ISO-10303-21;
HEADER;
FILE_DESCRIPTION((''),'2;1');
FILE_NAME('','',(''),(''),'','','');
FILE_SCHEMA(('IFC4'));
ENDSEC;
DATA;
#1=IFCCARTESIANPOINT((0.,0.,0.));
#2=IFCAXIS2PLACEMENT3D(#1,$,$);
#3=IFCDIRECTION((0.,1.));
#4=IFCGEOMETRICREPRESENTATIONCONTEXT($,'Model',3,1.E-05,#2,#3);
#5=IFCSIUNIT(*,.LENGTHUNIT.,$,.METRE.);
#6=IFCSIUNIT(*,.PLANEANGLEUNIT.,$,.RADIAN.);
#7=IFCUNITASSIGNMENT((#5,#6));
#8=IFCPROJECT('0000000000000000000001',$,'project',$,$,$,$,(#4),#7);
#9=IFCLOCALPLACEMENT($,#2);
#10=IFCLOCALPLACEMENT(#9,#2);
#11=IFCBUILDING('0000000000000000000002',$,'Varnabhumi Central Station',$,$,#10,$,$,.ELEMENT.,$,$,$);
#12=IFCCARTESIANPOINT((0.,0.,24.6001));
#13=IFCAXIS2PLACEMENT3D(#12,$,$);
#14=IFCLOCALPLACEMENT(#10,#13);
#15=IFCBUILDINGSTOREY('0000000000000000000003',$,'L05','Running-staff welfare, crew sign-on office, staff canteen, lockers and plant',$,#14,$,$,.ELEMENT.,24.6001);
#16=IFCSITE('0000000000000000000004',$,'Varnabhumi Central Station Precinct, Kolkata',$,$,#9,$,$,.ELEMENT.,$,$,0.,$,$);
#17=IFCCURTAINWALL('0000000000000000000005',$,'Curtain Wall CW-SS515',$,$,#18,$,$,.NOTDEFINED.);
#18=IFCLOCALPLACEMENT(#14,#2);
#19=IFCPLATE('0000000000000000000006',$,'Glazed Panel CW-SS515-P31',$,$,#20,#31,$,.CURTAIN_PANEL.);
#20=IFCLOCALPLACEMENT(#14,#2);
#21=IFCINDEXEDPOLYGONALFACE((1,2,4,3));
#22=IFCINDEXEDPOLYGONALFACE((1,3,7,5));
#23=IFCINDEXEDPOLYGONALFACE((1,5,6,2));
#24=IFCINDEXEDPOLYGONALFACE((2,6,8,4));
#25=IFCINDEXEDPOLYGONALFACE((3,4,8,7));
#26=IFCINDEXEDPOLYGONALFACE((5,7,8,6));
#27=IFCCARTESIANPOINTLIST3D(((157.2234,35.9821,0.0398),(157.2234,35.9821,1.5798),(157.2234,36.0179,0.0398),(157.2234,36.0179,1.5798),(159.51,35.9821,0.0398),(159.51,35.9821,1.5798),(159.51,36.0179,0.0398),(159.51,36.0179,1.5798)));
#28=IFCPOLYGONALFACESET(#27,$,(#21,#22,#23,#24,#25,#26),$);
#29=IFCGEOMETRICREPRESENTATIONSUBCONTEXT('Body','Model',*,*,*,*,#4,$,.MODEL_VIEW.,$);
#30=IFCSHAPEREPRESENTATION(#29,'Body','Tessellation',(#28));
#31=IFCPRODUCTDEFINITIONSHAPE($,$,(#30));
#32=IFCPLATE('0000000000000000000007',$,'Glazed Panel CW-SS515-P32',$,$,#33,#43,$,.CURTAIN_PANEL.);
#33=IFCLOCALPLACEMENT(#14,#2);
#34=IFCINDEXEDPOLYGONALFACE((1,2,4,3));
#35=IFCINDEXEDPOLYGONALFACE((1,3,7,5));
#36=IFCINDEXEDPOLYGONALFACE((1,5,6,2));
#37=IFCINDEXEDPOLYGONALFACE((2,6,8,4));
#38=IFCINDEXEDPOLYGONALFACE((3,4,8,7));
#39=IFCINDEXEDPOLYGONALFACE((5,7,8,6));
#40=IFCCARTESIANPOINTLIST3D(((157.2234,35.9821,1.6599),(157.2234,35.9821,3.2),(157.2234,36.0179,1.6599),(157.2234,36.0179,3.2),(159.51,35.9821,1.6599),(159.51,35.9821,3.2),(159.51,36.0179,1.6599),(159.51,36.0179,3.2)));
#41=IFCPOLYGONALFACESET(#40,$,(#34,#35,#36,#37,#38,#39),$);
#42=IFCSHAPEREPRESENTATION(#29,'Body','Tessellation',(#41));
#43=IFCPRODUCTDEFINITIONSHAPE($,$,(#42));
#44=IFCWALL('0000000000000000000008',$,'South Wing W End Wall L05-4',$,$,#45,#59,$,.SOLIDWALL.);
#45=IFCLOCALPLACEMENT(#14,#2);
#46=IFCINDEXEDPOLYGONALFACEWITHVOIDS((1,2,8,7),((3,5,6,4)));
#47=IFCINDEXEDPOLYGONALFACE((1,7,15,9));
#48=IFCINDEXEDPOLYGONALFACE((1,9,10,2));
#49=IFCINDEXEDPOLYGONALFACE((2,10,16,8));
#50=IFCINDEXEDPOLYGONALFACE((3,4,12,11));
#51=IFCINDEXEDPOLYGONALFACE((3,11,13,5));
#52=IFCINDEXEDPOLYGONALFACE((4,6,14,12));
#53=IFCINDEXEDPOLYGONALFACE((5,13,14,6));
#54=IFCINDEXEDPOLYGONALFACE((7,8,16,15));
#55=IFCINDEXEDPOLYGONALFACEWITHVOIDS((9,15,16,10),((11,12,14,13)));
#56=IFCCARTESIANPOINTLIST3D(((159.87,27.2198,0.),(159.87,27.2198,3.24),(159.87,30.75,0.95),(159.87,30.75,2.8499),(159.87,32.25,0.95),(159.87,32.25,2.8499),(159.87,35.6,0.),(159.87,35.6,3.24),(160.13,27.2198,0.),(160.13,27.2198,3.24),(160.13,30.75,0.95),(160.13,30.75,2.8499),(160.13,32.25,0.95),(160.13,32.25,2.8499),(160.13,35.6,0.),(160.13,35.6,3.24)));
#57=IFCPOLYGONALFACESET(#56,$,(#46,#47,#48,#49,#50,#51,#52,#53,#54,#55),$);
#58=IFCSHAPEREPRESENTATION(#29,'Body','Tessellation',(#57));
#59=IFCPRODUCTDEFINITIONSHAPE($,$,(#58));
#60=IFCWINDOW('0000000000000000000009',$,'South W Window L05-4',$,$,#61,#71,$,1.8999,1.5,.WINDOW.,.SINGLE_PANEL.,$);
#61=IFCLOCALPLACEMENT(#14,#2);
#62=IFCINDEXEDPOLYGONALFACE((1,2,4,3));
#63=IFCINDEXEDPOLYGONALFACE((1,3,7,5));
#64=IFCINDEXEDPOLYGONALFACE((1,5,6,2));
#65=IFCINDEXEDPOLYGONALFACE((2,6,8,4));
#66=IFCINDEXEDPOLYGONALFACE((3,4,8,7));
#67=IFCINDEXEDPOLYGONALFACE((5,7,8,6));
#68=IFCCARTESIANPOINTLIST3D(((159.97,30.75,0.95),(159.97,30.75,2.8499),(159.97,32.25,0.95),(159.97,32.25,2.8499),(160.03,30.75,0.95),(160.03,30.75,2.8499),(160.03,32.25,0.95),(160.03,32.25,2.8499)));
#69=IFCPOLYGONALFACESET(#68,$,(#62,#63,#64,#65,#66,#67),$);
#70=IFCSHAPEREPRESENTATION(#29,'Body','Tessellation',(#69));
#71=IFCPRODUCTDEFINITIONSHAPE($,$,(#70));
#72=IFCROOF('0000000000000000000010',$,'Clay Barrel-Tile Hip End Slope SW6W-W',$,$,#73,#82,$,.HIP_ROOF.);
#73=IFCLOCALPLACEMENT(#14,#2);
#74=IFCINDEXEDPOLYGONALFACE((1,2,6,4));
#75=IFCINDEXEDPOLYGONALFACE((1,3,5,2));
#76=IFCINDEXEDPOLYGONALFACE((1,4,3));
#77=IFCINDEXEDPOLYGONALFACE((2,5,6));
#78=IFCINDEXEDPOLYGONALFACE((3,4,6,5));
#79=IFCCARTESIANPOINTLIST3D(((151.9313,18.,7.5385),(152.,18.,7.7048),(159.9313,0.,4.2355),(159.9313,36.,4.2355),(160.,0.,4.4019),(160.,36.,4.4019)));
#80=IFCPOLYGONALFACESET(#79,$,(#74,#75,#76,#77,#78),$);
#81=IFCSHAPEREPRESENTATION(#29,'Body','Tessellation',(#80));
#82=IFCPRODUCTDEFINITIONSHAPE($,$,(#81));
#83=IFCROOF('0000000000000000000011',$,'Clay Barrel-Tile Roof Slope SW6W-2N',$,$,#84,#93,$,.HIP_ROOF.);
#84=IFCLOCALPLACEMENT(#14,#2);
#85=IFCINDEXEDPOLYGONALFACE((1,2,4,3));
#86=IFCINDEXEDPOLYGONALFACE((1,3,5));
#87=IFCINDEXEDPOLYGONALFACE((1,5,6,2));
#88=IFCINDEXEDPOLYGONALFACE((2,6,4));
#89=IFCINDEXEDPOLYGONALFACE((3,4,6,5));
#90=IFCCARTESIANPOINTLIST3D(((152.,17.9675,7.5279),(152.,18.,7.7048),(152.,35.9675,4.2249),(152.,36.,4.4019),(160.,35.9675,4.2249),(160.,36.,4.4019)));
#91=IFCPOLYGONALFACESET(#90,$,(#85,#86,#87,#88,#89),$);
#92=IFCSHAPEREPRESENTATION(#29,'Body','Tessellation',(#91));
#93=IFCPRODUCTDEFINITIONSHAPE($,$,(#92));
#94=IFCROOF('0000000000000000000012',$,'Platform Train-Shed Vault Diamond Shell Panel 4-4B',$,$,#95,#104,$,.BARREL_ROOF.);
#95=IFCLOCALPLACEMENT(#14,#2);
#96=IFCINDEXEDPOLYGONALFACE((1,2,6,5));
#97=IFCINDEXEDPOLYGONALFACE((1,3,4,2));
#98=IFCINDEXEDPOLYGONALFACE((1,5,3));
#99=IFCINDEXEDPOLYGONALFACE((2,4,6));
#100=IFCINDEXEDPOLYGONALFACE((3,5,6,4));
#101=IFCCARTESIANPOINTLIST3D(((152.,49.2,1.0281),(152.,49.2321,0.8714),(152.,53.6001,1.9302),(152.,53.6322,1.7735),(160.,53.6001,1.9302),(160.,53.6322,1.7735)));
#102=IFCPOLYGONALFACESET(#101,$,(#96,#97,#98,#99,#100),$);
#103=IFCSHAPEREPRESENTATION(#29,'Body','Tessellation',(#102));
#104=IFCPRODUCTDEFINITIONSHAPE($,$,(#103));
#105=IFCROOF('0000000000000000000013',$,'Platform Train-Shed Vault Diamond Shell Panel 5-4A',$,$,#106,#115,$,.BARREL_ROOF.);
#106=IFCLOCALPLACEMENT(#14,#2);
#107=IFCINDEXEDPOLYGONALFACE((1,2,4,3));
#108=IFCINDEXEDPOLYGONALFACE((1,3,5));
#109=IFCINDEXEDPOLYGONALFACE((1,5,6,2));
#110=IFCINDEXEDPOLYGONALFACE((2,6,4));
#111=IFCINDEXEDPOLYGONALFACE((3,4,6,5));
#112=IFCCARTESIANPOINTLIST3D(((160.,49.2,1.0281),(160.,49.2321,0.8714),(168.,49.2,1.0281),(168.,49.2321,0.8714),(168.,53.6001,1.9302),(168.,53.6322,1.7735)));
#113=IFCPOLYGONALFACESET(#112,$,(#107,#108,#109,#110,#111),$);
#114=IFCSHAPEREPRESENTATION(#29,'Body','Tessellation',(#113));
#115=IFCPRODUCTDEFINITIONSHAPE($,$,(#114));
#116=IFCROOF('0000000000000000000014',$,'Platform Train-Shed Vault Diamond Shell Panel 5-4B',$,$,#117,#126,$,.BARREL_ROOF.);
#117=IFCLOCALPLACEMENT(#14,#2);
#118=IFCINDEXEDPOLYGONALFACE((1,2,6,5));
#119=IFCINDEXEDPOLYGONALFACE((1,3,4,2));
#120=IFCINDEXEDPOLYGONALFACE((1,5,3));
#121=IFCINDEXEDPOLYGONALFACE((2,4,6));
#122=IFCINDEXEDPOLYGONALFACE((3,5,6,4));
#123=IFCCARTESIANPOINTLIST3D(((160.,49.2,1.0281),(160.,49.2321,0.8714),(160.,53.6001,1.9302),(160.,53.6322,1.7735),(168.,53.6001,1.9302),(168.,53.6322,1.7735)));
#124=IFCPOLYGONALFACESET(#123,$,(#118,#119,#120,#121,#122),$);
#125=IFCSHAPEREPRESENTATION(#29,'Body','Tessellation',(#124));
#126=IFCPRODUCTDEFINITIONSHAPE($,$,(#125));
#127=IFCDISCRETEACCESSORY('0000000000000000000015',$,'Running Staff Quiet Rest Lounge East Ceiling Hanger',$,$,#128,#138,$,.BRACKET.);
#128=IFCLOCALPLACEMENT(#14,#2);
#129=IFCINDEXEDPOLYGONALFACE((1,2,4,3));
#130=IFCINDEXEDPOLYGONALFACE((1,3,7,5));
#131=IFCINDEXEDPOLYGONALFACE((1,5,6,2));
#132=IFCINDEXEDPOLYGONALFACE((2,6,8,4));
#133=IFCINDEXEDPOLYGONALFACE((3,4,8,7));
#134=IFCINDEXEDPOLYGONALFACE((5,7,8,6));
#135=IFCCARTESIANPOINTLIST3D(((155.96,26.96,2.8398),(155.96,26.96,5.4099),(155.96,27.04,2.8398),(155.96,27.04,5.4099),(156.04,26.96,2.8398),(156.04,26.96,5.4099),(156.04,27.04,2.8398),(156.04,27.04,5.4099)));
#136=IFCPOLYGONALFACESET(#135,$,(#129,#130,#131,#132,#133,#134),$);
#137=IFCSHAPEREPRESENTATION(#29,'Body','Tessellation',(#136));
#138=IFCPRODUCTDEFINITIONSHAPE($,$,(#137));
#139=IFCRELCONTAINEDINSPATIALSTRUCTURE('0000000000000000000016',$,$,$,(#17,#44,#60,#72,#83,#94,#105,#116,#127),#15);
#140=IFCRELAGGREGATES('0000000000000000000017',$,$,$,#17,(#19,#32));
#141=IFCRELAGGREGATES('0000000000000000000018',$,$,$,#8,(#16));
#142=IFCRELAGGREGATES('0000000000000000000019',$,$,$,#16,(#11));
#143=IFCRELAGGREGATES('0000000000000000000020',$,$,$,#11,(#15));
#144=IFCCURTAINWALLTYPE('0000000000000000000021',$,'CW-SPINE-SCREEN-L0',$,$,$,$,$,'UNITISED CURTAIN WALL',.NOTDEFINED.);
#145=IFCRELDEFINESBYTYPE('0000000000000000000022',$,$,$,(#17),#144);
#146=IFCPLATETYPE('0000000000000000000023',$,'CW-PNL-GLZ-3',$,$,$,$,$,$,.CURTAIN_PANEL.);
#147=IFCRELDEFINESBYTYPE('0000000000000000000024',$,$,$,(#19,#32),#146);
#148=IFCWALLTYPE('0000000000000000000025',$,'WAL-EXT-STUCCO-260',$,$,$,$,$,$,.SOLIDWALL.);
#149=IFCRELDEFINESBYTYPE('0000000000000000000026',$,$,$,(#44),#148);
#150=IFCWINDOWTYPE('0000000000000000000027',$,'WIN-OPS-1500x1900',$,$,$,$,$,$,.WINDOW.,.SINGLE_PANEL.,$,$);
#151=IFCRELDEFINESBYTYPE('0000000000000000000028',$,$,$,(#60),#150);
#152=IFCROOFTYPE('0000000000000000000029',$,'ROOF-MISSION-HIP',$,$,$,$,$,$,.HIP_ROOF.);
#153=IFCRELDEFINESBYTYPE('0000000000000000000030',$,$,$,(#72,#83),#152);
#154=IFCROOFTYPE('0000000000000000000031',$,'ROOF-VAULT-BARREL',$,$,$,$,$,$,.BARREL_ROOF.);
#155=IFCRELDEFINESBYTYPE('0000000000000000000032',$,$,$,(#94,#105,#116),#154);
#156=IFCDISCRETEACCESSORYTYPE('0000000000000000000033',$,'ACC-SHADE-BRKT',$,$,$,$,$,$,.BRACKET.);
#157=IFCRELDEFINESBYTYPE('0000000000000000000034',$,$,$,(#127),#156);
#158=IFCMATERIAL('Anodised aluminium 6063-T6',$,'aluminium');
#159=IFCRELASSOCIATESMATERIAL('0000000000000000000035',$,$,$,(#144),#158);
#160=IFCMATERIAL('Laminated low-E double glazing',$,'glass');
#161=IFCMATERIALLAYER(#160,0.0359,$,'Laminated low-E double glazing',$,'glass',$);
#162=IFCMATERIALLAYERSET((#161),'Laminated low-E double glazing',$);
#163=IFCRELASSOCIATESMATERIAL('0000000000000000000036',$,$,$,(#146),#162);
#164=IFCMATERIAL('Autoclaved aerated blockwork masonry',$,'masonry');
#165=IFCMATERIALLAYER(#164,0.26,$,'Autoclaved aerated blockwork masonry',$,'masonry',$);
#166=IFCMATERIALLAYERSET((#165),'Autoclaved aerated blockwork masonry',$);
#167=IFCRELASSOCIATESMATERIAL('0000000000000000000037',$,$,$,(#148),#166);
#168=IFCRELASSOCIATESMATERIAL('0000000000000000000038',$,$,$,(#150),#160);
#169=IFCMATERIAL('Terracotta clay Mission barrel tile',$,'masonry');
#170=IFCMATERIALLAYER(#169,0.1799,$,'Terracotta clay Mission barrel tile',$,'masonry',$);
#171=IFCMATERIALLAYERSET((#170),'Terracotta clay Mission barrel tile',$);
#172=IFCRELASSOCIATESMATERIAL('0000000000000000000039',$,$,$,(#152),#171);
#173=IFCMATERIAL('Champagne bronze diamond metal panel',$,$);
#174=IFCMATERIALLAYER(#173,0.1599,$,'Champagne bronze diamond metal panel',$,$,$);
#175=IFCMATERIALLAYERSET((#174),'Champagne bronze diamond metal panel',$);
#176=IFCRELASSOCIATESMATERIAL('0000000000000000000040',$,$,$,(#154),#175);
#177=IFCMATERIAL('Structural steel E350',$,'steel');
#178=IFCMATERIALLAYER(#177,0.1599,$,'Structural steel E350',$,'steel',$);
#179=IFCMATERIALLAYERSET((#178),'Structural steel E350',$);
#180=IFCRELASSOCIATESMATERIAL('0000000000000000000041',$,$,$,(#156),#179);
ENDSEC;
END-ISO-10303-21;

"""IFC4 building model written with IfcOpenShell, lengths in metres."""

from ifc_helpers import new_model, si_unit, direction, frame, frame_2d, origin, origin_2d, place, context, subcontext, project, spatial, polyline, rectangle, outline, extrude, material, layer, layer_set, type_object, element, fill, aggregate, save


model = new_model("IFC4")

# Units and contexts
model_context = context("Model", 3, precision=1e-05, world=origin(), true_north=direction((0.0, 1.0)))
body_context = subcontext(model_context, "Body", "Model", "MODEL_VIEW")
ifc_project = project(units=[si_unit("LENGTHUNIT", "METRE"), si_unit("PLANEANGLEUNIT", "RADIAN")], contexts=[model_context])

# Site, building, storey
site_placement = place(None, origin())
site = spatial("IfcSite", under=ifc_project, at=site_placement, Name="Varnabhumi Central Station Precinct, Kolkata", CompositionType="ELEMENT", RefElevation=0.0)
building_placement = place(site_placement, origin())
building = spatial("IfcBuilding", under=site, at=building_placement, Name="Varnabhumi Central Station", CompositionType="ELEMENT")
storey_placement = place(building_placement, frame((0.0, 0.0, 24.6001)))
storey = spatial("IfcBuildingStorey", under=building, at=storey_placement, Name="L05", Description="Running-staff welfare, crew sign-on office, staff canteen, lockers and plant", CompositionType="ELEMENT", Elevation=24.6001)

# Shared definitions
ifc_material_1 = material(Name="Structural steel E350", Category="steel")

# Curtain wall
ifc_material_2 = material(Name="Anodised aluminium 6063-T6", Category="aluminium")
curtain_wall_type = type_object("IfcCurtainWallType", Name="CW-SPINE-SCREEN-L0", ElementType="UNITISED CURTAIN WALL", PredefinedType="NOTDEFINED", material=ifc_material_2)
curtain_wall_placement = place(storey_placement, origin())
curtain_wall = element("IfcCurtainWall", 1, at=curtain_wall_placement, inside=storey, type_object=curtain_wall_type, Name="Curtain Wall CW-SS515", PredefinedType="NOTDEFINED")

# Plates
ifc_material_3 = material(Name="Laminated low-E double glazing", Category="glass")
ifc_layer_1 = layer(ifc_material_3, 0.0359, Name="Laminated low-E double glazing", Category="glass")
ifc_layer_set_1 = layer_set([ifc_layer_1], Name="Laminated low-E double glazing")
plate_type = type_object("IfcPlateType", Name="CW-PNL-GLZ-3", PredefinedType="CURTAIN_PANEL", material=ifc_layer_set_1)
plate_1_placement = place(storey_placement, frame((158.3667, 36.0, 0.0398), z_axis=(0.0, 0.0, 1.0), x_axis=(1.0, 0.0, 0.0)))
plate_1 = element("IfcPlate", 2, at=plate_1_placement, type_object=plate_type, Name="Glazed Panel CW-SS515-P31", PredefinedType="CURTAIN_PANEL", context=body_context, shape_type="SweptSolid", body=[
    extrude(rectangle(XDim=2.2866, YDim=0.0359, at=origin_2d()), origin(), (0.0, 0.0, 1.0), 1.54),
])
plate_2_placement = place(storey_placement, frame((158.3667, 36.0, 1.6599), z_axis=(0.0, 0.0, 1.0), x_axis=(1.0, 0.0, 0.0)))
plate_2 = element("IfcPlate", 3, at=plate_2_placement, type_object=plate_type, Name="Glazed Panel CW-SS515-P32", PredefinedType="CURTAIN_PANEL", context=body_context, shape_type="SweptSolid", body=[
    extrude(rectangle(XDim=2.2866, YDim=0.0359, at=origin_2d()), origin(), (0.0, 0.0, 1.0), 1.54),
])
aggregate(curtain_wall, [plate_1, plate_2])

# Wall, opening, window
ifc_material_4 = material(Name="Autoclaved aerated blockwork masonry", Category="masonry")
ifc_layer_2 = layer(ifc_material_4, 0.26, Name="Autoclaved aerated blockwork masonry", Category="masonry")
ifc_layer_set_2 = layer_set([ifc_layer_2], Name="Autoclaved aerated blockwork masonry")
wall_type = type_object("IfcWallType", Name="WAL-EXT-STUCCO-260", PredefinedType="SOLIDWALL", material=ifc_layer_set_2)
wall_placement = place(storey_placement, frame((160.0, 27.22, 0.0), z_axis=(0.0, 0.0, 1.0), x_axis=(0.0, 1.0, 0.0)))
wall = element("IfcWall", 4, at=wall_placement, inside=storey, type_object=wall_type, Name="South Wing W End Wall L05-4", PredefinedType="SOLIDWALL", context=body_context, shape_type="SweptSolid", body=[
    extrude(rectangle(XDim=8.3801, YDim=0.26, at=frame_2d((4.1899, 0.0))), origin(), (0.0, 0.0, 1.0), 3.24),
])
opening_placement = place(wall_placement, frame((3.53, 0.0, 0.95)))
opening = element("IfcOpeningElement", 5, at=opening_placement, cuts=wall, PredefinedType="OPENING", context=body_context, shape_type="SweptSolid", body=[
    extrude(rectangle(XDim=1.5, YDim=1.8999, at=frame_2d((0.75, 0.95))), frame((0.0, 0.1399, 0.0), z_axis=(0.0, -1.0, 0.0), x_axis=(1.0, 0.0, 0.0)), (0.0, 0.0, 1.0), 0.28),
])
window_type = type_object("IfcWindowType", Name="WIN-OPS-1500x1900", PartitioningType="SINGLE_PANEL", PredefinedType="WINDOW", material=ifc_material_3)
window_placement = place(opening_placement, origin())
window = element("IfcWindow", 6, at=window_placement, inside=storey, type_object=window_type, Name="South W Window L05-4", OverallHeight=1.8999, OverallWidth=1.5, PartitioningType="SINGLE_PANEL", PredefinedType="WINDOW", context=body_context, shape_type="SweptSolid", body=[
    extrude(rectangle(XDim=1.5, YDim=1.8999, at=frame_2d((0.75, 0.95))), frame((0.0, 0.03, 0.0), z_axis=(0.0, -1.0, 0.0), x_axis=(1.0, 0.0, 0.0)), (0.0, 0.0, 1.0), 0.0601),
])
fill(opening, window)

# Roofs
ifc_material_5 = material(Name="Terracotta clay Mission barrel tile", Category="masonry")
ifc_layer_3 = layer(ifc_material_5, 0.1799, Name="Terracotta clay Mission barrel tile", Category="masonry")
ifc_layer_set_3 = layer_set([ifc_layer_3], Name="Terracotta clay Mission barrel tile")
roof_type_1 = type_object("IfcRoofType", Name="ROOF-MISSION-HIP", PredefinedType="HIP_ROOF", material=ifc_layer_set_3)
roof_1_placement = place(storey_placement, frame((160.0, 36.0, 4.4019), z_axis=(0.381625, 0.0, 0.924317), x_axis=(0.0, -1.0, 0.0)))
element("IfcRoof", 7, at=roof_1_placement, inside=storey, type_object=roof_type_1, Name="Clay Barrel-Tile Hip End Slope SW6W-W", PredefinedType="HIP_ROOF", context=body_context, shape_type="SweptSolid", body=[
    extrude(outline(polyline([(0.0, 0.0), (36.0, 0.0), (18.0, -8.655), (0.0, 0.0)])), origin(), (0.0, 0.0, -1.0), 0.1799),
])
roof_2_placement = place(storey_placement, frame((160.0, 36.0, 4.4019), z_axis=(0.0, 0.180485, 0.983578), x_axis=(-1.0, 0.0, 0.0)))
element("IfcRoof", 8, at=roof_2_placement, inside=storey, type_object=roof_type_1, Name="Clay Barrel-Tile Roof Slope SW6W-2N", PredefinedType="HIP_ROOF", context=body_context, shape_type="SweptSolid", body=[
    extrude(outline(polyline([(0.0, 0.0), (8.0, 0.0), (8.0, 18.3005), (0.0, 0.0)])), origin(), (0.0, 0.0, -1.0), 0.1799),
])
ifc_material_6 = material(Name="Champagne bronze diamond metal panel")
ifc_layer_4 = layer(ifc_material_6, 0.1599, Name="Champagne bronze diamond metal panel")
ifc_layer_set_4 = layer_set([ifc_layer_4], Name="Champagne bronze diamond metal panel")
roof_type_2 = type_object("IfcRoofType", Name="ROOF-VAULT-BARREL", PredefinedType="BARREL_ROOF", material=ifc_layer_set_4)
roof_3_placement = place(storey_placement, frame((152.0, 49.2, 1.0281), z_axis=(0.0, -0.200838, 0.979624), x_axis=(0.871963, 0.479596, 0.098325)))
element("IfcRoof", 9, at=roof_3_placement, inside=storey, type_object=roof_type_2, Name="Platform Train-Shed Vault Diamond Shell Panel 4-4B", PredefinedType="BARREL_ROOF", context=body_context, shape_type="SweptSolid", body=[
    extrude(outline(polyline([(0.0, 0.0), (9.1747, 0.0), (2.199, 3.9166), (0.0, 0.0)])), origin(), (0.0, 0.0, -1.0), 0.1599),
])
roof_4_placement = place(storey_placement, frame((160.0, 49.2, 1.0281), z_axis=(0.0, -0.200838, 0.979624), x_axis=(1.0, 0.0, 0.0)))
element("IfcRoof", 10, at=roof_4_placement, inside=storey, type_object=roof_type_2, Name="Platform Train-Shed Vault Diamond Shell Panel 5-4A", PredefinedType="BARREL_ROOF", context=body_context, shape_type="SweptSolid", body=[
    extrude(outline(polyline([(0.0, 0.0), (8.0, 0.0), (8.0, 4.4917), (0.0, 0.0)])), origin(), (0.0, 0.0, -1.0), 0.1599),
])
roof_5_placement = place(storey_placement, frame((160.0, 49.2, 1.0281), z_axis=(0.0, -0.200838, 0.979624), x_axis=(0.871963, 0.479596, 0.098325)))
element("IfcRoof", 11, at=roof_5_placement, inside=storey, type_object=roof_type_2, Name="Platform Train-Shed Vault Diamond Shell Panel 5-4B", PredefinedType="BARREL_ROOF", context=body_context, shape_type="SweptSolid", body=[
    extrude(outline(polyline([(0.0, 0.0), (9.1747, 0.0), (2.199, 3.9166), (0.0, 0.0)])), origin(), (0.0, 0.0, -1.0), 0.1599),
])

# Discrete accessory
ifc_layer_5 = layer(ifc_material_1, 0.1599, Name="Structural steel E350", Category="steel")
ifc_layer_set_5 = layer_set([ifc_layer_5], Name="Structural steel E350")
discrete_accessory_type = type_object("IfcDiscreteAccessoryType", Name="ACC-SHADE-BRKT", PredefinedType="BRACKET", material=ifc_layer_set_5)
discrete_accessory_placement = place(storey_placement, frame((156.0, 27.0, 2.8398), z_axis=(0.0, 0.0, 1.0), x_axis=(1.0, 0.0, 0.0)))
element("IfcDiscreteAccessory", 12, at=discrete_accessory_placement, inside=storey, type_object=discrete_accessory_type, Name="Running Staff Quiet Rest Lounge East Ceiling Hanger", PredefinedType="BRACKET", context=body_context, shape_type="SweptSolid", body=[
    extrude(rectangle(XDim=0.0801, YDim=0.0801, at=origin_2d()), origin(), (0.0, 0.0, 1.0), 2.5701),
])

save(model, "model.ifc")
